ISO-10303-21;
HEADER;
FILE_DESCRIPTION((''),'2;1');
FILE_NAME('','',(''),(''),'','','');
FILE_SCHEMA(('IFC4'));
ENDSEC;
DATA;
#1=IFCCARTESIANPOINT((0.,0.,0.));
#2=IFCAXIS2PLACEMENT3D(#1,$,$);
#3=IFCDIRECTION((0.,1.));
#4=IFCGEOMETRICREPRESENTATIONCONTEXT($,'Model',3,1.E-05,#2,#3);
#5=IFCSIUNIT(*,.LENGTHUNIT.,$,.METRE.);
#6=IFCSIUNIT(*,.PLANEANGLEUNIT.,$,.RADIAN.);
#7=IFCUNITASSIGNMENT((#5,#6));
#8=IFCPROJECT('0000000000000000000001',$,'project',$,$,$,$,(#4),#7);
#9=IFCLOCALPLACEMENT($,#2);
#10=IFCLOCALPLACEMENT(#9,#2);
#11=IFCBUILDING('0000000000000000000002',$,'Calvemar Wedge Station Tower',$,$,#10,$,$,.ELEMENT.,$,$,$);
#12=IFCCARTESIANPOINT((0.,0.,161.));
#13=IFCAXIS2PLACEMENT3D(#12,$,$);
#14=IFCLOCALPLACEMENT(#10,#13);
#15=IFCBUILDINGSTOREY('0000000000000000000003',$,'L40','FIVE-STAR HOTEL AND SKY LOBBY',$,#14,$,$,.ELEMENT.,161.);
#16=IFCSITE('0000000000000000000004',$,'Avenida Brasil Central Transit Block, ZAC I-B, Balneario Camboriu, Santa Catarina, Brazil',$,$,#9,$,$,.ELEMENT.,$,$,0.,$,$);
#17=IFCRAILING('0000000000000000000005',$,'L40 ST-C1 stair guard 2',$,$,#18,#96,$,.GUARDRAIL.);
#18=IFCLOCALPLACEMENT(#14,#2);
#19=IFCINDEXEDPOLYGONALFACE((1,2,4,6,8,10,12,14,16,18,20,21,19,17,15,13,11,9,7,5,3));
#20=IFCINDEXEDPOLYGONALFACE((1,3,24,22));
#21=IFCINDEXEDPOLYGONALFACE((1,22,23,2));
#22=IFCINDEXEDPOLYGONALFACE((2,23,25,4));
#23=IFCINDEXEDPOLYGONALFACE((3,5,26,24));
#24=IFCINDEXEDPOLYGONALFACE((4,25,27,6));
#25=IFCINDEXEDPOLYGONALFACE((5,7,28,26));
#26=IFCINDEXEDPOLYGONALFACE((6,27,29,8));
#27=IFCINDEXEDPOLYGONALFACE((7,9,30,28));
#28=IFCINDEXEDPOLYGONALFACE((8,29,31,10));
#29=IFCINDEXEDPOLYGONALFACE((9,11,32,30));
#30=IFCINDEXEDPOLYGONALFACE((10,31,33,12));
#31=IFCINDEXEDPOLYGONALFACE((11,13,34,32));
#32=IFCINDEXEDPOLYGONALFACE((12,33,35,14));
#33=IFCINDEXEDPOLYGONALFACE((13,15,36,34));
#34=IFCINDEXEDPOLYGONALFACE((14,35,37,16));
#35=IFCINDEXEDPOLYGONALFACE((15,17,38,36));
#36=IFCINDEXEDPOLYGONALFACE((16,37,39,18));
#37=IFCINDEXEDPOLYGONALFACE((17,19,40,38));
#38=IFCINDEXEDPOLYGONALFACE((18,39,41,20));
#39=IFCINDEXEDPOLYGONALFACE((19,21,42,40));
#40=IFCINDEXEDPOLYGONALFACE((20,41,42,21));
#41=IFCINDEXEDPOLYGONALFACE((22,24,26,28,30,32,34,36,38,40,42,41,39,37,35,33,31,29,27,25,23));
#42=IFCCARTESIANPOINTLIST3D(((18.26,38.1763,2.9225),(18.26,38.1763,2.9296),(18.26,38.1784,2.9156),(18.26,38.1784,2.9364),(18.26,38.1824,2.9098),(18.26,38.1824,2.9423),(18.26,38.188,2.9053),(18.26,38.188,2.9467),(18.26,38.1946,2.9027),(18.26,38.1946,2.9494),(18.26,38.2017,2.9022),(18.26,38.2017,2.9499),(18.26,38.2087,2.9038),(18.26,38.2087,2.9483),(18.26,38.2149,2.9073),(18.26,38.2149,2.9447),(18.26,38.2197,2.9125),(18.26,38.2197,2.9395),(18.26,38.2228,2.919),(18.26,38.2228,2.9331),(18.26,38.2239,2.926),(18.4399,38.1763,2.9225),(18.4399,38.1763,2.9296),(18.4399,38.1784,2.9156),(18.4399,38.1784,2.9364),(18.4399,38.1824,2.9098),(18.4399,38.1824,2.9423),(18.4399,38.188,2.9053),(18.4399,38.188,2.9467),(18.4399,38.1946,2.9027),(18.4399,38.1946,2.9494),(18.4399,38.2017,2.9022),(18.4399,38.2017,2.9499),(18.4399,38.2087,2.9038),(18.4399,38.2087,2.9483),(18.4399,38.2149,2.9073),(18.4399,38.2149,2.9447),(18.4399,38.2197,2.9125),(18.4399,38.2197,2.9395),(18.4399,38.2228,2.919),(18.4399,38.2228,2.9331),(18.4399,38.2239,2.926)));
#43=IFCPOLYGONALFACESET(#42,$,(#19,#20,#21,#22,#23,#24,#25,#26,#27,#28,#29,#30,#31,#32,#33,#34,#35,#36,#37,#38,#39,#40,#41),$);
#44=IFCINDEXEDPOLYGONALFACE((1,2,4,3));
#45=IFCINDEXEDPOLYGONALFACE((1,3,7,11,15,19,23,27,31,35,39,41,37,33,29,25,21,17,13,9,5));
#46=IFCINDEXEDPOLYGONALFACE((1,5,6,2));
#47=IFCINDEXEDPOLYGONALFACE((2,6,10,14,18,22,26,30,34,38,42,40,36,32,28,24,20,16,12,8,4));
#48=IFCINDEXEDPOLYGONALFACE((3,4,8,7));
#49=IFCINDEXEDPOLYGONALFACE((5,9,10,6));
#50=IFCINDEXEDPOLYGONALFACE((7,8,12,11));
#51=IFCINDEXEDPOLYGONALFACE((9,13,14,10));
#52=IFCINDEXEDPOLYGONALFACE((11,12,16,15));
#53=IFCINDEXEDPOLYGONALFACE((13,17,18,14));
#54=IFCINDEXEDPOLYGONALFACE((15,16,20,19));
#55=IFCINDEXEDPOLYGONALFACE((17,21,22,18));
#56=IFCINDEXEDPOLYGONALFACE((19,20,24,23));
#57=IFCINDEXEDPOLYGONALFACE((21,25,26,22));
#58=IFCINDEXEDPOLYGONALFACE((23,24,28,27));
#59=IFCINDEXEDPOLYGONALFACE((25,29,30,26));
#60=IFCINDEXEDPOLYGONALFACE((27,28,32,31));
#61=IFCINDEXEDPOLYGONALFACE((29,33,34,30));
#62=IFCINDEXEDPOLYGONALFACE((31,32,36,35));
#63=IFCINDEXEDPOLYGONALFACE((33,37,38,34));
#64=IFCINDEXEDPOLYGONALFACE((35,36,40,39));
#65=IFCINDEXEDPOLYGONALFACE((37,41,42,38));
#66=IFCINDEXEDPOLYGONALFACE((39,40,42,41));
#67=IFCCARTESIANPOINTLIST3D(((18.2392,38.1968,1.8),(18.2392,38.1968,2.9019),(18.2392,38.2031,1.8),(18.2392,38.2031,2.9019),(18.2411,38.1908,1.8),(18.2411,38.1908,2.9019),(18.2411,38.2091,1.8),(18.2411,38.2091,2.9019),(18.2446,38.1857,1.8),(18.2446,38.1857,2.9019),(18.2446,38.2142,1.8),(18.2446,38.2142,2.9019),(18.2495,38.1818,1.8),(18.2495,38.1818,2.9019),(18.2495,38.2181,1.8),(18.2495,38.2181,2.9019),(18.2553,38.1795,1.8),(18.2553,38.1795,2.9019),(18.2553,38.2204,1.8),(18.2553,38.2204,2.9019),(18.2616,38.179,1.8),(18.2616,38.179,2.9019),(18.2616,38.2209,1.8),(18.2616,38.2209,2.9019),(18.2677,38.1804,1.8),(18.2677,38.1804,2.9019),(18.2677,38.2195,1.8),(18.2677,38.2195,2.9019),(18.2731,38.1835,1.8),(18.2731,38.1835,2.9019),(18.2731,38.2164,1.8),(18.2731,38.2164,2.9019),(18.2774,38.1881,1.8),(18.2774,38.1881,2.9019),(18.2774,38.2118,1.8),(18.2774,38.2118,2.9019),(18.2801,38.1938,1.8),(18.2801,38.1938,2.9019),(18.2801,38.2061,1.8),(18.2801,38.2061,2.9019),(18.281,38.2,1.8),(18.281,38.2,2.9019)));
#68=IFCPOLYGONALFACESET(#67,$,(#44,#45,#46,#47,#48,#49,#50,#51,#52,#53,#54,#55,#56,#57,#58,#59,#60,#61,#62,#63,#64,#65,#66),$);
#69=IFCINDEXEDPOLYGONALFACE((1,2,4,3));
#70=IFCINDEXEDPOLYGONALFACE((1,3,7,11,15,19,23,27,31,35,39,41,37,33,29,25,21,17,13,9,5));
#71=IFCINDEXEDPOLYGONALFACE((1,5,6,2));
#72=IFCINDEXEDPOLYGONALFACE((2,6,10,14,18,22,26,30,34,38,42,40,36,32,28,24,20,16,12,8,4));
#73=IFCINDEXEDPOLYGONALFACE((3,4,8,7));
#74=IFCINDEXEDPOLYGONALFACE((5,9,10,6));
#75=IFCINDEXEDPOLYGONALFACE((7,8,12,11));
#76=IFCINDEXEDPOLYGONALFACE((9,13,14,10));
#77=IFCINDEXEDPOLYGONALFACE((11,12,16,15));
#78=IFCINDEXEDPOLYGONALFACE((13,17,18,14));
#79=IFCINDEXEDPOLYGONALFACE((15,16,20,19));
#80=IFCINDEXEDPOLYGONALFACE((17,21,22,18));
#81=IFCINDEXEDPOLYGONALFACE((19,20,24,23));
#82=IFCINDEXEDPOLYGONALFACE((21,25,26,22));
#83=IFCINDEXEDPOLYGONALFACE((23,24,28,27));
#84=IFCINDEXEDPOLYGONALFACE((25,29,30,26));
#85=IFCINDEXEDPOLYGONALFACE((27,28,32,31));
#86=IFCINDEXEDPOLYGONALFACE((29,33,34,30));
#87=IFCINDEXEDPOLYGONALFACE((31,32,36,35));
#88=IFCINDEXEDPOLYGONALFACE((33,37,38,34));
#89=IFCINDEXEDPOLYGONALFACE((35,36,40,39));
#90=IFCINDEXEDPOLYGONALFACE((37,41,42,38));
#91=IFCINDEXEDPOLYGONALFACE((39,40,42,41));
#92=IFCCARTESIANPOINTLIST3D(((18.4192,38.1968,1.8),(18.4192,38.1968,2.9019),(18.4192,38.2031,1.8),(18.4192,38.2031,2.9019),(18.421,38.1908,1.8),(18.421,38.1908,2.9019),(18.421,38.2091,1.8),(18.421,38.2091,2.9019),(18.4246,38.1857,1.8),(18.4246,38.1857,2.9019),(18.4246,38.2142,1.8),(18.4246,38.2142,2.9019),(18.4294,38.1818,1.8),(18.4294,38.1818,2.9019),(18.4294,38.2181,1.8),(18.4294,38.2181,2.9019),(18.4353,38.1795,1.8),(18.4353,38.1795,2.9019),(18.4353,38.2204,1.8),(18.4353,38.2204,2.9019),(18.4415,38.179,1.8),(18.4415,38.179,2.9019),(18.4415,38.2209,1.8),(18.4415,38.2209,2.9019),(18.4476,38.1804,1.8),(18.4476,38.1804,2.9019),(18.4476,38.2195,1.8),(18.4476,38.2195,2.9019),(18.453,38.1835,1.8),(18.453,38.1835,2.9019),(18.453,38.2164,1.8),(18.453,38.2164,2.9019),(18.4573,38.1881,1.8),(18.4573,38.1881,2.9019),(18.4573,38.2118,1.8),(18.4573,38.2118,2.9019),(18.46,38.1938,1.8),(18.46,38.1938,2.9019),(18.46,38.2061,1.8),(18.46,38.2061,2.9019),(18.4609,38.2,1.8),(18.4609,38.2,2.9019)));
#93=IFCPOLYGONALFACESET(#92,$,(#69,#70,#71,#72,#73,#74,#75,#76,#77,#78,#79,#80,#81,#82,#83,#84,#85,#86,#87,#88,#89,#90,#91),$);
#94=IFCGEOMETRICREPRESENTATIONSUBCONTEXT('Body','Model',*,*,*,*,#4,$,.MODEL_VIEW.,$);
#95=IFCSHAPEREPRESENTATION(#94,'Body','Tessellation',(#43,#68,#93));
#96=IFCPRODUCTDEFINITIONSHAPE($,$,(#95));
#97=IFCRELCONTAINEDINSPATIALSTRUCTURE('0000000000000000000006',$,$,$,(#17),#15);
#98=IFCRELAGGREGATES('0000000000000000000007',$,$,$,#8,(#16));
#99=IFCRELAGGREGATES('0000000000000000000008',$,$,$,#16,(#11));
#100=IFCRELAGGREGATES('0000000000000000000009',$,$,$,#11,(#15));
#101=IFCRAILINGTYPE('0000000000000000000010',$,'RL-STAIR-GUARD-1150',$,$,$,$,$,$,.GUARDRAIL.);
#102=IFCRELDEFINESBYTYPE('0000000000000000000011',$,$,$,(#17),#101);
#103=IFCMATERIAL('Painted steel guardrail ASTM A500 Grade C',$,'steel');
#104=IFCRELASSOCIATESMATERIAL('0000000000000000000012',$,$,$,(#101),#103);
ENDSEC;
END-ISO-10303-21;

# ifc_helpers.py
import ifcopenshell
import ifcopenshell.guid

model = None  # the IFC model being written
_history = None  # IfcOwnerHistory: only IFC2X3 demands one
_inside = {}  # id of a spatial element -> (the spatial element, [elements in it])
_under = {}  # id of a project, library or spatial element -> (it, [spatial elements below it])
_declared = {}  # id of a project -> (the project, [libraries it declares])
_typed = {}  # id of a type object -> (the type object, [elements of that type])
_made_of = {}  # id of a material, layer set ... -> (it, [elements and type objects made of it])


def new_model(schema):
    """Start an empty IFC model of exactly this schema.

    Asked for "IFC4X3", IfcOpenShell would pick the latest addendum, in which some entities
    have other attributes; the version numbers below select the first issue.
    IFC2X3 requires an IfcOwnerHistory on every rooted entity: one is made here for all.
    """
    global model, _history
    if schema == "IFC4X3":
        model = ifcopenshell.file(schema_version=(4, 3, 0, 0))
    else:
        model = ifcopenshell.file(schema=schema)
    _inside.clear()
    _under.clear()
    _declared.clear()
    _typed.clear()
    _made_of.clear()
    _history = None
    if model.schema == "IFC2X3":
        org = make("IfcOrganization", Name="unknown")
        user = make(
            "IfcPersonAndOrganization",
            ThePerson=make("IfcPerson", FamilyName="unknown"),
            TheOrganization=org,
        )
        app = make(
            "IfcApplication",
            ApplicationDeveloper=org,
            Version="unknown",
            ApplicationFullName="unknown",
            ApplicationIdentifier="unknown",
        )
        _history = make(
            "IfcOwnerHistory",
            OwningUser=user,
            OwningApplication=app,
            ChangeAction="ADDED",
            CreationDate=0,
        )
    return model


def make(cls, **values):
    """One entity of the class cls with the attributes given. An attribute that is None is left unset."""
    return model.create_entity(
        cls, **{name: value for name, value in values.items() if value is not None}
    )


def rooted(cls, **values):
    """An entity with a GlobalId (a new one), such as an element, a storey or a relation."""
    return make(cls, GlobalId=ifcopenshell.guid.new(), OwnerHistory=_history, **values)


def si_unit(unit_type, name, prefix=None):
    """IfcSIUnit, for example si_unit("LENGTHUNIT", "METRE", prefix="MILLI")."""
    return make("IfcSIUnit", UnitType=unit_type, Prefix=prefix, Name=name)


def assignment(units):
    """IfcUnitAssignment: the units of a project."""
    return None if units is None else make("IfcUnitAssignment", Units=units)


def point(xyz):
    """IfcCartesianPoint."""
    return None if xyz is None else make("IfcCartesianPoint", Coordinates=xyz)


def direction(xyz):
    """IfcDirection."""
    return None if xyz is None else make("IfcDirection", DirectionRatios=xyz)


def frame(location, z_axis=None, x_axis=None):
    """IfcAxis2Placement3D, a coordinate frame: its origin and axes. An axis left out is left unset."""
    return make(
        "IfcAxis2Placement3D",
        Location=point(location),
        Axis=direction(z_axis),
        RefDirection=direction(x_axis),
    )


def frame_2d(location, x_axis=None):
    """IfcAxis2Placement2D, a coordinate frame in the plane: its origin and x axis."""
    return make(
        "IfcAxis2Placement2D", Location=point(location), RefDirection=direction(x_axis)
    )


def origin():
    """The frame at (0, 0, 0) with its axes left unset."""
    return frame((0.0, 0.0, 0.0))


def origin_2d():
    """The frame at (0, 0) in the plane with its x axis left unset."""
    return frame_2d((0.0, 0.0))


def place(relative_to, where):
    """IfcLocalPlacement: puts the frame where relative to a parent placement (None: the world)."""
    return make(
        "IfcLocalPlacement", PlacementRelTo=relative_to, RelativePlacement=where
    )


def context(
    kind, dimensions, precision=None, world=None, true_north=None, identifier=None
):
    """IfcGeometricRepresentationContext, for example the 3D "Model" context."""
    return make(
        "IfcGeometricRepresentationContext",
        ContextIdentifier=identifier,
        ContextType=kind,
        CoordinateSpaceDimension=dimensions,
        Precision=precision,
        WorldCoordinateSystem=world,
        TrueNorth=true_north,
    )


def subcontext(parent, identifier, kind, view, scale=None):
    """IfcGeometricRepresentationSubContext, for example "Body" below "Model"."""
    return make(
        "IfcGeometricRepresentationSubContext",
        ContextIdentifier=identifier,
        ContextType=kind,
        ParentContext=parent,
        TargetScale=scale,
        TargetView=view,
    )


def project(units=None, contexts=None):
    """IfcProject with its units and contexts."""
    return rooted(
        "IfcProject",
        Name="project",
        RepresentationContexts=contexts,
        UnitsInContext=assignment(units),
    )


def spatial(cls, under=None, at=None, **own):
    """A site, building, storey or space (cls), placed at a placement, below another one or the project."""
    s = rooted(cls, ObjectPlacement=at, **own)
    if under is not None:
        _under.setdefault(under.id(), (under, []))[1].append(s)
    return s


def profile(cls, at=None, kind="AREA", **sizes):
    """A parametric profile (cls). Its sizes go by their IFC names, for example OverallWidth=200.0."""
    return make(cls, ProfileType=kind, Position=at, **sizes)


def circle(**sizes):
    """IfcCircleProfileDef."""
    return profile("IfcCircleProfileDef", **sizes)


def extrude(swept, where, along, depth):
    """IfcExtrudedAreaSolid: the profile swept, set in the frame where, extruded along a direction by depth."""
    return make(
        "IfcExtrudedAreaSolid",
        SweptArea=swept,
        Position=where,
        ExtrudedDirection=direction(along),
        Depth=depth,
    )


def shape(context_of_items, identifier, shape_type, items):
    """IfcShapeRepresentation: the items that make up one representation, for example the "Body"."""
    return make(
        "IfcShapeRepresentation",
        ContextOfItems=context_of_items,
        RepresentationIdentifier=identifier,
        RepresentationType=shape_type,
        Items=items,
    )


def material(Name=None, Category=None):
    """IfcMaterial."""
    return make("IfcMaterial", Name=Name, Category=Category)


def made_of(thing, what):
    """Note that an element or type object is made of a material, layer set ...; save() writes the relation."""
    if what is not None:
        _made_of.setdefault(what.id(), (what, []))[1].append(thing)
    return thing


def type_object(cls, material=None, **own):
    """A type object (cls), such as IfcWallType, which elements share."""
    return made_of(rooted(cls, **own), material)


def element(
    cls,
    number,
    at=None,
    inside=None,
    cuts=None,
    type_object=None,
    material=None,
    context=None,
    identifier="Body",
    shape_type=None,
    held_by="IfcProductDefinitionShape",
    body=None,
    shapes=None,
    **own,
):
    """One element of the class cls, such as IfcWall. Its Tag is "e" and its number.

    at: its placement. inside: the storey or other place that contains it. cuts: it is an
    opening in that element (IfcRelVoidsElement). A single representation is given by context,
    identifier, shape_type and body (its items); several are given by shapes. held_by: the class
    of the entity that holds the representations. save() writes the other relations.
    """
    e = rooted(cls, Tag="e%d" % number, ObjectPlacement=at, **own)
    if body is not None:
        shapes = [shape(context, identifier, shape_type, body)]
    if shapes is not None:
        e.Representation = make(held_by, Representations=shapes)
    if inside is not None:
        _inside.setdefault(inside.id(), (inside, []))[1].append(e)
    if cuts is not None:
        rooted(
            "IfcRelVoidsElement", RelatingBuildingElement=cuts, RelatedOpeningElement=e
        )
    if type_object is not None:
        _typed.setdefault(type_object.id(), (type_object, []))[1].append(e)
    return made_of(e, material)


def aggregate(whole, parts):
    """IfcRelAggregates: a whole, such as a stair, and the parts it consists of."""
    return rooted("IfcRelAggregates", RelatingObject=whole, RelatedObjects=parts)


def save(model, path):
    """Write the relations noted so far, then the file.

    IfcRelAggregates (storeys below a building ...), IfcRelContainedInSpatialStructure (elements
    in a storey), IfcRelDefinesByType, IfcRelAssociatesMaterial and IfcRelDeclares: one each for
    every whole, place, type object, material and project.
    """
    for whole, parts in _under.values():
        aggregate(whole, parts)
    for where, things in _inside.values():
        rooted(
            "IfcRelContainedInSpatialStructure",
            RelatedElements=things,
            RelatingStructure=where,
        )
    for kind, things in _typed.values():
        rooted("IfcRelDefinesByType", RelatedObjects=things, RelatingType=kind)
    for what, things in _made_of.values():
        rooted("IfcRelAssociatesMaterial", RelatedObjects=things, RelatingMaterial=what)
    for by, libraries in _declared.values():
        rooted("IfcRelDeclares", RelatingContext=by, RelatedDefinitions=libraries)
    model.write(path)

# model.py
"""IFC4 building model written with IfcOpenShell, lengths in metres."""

from ifc_helpers import new_model, si_unit, direction, frame, origin, origin_2d, place, context, subcontext, project, spatial, circle, extrude, material, type_object, element, save


model = new_model("IFC4")

# Units and contexts
model_context = context("Model", 3, precision=1e-05, world=origin(), true_north=direction((0.0, 1.0)))
body_context = subcontext(model_context, "Body", "Model", "MODEL_VIEW")
ifc_project = project(units=[si_unit("LENGTHUNIT", "METRE"), si_unit("PLANEANGLEUNIT", "RADIAN")], contexts=[model_context])

# Site, building, storey
site_placement = place(None, origin())
site = spatial("IfcSite", under=ifc_project, at=site_placement, Name="Avenida Brasil Central Transit Block, ZAC I-B, Balneario Camboriu, Santa Catarina, Brazil", CompositionType="ELEMENT", RefElevation=0.0)
building_placement = place(site_placement, origin())
building = spatial("IfcBuilding", under=site, at=building_placement, Name="Calvemar Wedge Station Tower", CompositionType="ELEMENT")
storey_placement = place(building_placement, frame((0.0, 0.0, 161.0)))
storey = spatial("IfcBuildingStorey", under=building, at=storey_placement, Name="L40", Description="FIVE-STAR HOTEL AND SKY LOBBY", CompositionType="ELEMENT", Elevation=161.0)

# Railing
ifc_material_1 = material(Name="Painted steel guardrail ASTM A500 Grade C", Category="steel")
railing_type_1 = type_object("IfcRailingType", Name="RL-STAIR-GUARD-1150", PredefinedType="GUARDRAIL", material=ifc_material_1)
railing_1_placement = place(storey_placement, frame((18.26, 38.2, 1.8)))
element("IfcRailing", 1, at=railing_1_placement, inside=storey, type_object=railing_type_1, Name="L40 ST-C1 stair guard 2", PredefinedType="GUARDRAIL", context=body_context, shape_type="SweptSolid", body=[
    extrude(circle(Radius=0.0239, at=origin_2d()), frame((0.0, 0.0, 1.126), z_axis=(1.0, 0.0, 0.0), x_axis=(0.0, 1.0, 0.0)), (0.0, 0.0, 1.0), 0.1799),
    extrude(circle(Radius=0.021, at=origin_2d()), origin(), (0.0, 0.0, 1.0), 1.1018),
    extrude(circle(Radius=0.021, at=origin_2d()), frame((0.1799, 0.0, 0.0)), (0.0, 0.0, 1.0), 1.1018),
])

save(model, "model.ifc")
